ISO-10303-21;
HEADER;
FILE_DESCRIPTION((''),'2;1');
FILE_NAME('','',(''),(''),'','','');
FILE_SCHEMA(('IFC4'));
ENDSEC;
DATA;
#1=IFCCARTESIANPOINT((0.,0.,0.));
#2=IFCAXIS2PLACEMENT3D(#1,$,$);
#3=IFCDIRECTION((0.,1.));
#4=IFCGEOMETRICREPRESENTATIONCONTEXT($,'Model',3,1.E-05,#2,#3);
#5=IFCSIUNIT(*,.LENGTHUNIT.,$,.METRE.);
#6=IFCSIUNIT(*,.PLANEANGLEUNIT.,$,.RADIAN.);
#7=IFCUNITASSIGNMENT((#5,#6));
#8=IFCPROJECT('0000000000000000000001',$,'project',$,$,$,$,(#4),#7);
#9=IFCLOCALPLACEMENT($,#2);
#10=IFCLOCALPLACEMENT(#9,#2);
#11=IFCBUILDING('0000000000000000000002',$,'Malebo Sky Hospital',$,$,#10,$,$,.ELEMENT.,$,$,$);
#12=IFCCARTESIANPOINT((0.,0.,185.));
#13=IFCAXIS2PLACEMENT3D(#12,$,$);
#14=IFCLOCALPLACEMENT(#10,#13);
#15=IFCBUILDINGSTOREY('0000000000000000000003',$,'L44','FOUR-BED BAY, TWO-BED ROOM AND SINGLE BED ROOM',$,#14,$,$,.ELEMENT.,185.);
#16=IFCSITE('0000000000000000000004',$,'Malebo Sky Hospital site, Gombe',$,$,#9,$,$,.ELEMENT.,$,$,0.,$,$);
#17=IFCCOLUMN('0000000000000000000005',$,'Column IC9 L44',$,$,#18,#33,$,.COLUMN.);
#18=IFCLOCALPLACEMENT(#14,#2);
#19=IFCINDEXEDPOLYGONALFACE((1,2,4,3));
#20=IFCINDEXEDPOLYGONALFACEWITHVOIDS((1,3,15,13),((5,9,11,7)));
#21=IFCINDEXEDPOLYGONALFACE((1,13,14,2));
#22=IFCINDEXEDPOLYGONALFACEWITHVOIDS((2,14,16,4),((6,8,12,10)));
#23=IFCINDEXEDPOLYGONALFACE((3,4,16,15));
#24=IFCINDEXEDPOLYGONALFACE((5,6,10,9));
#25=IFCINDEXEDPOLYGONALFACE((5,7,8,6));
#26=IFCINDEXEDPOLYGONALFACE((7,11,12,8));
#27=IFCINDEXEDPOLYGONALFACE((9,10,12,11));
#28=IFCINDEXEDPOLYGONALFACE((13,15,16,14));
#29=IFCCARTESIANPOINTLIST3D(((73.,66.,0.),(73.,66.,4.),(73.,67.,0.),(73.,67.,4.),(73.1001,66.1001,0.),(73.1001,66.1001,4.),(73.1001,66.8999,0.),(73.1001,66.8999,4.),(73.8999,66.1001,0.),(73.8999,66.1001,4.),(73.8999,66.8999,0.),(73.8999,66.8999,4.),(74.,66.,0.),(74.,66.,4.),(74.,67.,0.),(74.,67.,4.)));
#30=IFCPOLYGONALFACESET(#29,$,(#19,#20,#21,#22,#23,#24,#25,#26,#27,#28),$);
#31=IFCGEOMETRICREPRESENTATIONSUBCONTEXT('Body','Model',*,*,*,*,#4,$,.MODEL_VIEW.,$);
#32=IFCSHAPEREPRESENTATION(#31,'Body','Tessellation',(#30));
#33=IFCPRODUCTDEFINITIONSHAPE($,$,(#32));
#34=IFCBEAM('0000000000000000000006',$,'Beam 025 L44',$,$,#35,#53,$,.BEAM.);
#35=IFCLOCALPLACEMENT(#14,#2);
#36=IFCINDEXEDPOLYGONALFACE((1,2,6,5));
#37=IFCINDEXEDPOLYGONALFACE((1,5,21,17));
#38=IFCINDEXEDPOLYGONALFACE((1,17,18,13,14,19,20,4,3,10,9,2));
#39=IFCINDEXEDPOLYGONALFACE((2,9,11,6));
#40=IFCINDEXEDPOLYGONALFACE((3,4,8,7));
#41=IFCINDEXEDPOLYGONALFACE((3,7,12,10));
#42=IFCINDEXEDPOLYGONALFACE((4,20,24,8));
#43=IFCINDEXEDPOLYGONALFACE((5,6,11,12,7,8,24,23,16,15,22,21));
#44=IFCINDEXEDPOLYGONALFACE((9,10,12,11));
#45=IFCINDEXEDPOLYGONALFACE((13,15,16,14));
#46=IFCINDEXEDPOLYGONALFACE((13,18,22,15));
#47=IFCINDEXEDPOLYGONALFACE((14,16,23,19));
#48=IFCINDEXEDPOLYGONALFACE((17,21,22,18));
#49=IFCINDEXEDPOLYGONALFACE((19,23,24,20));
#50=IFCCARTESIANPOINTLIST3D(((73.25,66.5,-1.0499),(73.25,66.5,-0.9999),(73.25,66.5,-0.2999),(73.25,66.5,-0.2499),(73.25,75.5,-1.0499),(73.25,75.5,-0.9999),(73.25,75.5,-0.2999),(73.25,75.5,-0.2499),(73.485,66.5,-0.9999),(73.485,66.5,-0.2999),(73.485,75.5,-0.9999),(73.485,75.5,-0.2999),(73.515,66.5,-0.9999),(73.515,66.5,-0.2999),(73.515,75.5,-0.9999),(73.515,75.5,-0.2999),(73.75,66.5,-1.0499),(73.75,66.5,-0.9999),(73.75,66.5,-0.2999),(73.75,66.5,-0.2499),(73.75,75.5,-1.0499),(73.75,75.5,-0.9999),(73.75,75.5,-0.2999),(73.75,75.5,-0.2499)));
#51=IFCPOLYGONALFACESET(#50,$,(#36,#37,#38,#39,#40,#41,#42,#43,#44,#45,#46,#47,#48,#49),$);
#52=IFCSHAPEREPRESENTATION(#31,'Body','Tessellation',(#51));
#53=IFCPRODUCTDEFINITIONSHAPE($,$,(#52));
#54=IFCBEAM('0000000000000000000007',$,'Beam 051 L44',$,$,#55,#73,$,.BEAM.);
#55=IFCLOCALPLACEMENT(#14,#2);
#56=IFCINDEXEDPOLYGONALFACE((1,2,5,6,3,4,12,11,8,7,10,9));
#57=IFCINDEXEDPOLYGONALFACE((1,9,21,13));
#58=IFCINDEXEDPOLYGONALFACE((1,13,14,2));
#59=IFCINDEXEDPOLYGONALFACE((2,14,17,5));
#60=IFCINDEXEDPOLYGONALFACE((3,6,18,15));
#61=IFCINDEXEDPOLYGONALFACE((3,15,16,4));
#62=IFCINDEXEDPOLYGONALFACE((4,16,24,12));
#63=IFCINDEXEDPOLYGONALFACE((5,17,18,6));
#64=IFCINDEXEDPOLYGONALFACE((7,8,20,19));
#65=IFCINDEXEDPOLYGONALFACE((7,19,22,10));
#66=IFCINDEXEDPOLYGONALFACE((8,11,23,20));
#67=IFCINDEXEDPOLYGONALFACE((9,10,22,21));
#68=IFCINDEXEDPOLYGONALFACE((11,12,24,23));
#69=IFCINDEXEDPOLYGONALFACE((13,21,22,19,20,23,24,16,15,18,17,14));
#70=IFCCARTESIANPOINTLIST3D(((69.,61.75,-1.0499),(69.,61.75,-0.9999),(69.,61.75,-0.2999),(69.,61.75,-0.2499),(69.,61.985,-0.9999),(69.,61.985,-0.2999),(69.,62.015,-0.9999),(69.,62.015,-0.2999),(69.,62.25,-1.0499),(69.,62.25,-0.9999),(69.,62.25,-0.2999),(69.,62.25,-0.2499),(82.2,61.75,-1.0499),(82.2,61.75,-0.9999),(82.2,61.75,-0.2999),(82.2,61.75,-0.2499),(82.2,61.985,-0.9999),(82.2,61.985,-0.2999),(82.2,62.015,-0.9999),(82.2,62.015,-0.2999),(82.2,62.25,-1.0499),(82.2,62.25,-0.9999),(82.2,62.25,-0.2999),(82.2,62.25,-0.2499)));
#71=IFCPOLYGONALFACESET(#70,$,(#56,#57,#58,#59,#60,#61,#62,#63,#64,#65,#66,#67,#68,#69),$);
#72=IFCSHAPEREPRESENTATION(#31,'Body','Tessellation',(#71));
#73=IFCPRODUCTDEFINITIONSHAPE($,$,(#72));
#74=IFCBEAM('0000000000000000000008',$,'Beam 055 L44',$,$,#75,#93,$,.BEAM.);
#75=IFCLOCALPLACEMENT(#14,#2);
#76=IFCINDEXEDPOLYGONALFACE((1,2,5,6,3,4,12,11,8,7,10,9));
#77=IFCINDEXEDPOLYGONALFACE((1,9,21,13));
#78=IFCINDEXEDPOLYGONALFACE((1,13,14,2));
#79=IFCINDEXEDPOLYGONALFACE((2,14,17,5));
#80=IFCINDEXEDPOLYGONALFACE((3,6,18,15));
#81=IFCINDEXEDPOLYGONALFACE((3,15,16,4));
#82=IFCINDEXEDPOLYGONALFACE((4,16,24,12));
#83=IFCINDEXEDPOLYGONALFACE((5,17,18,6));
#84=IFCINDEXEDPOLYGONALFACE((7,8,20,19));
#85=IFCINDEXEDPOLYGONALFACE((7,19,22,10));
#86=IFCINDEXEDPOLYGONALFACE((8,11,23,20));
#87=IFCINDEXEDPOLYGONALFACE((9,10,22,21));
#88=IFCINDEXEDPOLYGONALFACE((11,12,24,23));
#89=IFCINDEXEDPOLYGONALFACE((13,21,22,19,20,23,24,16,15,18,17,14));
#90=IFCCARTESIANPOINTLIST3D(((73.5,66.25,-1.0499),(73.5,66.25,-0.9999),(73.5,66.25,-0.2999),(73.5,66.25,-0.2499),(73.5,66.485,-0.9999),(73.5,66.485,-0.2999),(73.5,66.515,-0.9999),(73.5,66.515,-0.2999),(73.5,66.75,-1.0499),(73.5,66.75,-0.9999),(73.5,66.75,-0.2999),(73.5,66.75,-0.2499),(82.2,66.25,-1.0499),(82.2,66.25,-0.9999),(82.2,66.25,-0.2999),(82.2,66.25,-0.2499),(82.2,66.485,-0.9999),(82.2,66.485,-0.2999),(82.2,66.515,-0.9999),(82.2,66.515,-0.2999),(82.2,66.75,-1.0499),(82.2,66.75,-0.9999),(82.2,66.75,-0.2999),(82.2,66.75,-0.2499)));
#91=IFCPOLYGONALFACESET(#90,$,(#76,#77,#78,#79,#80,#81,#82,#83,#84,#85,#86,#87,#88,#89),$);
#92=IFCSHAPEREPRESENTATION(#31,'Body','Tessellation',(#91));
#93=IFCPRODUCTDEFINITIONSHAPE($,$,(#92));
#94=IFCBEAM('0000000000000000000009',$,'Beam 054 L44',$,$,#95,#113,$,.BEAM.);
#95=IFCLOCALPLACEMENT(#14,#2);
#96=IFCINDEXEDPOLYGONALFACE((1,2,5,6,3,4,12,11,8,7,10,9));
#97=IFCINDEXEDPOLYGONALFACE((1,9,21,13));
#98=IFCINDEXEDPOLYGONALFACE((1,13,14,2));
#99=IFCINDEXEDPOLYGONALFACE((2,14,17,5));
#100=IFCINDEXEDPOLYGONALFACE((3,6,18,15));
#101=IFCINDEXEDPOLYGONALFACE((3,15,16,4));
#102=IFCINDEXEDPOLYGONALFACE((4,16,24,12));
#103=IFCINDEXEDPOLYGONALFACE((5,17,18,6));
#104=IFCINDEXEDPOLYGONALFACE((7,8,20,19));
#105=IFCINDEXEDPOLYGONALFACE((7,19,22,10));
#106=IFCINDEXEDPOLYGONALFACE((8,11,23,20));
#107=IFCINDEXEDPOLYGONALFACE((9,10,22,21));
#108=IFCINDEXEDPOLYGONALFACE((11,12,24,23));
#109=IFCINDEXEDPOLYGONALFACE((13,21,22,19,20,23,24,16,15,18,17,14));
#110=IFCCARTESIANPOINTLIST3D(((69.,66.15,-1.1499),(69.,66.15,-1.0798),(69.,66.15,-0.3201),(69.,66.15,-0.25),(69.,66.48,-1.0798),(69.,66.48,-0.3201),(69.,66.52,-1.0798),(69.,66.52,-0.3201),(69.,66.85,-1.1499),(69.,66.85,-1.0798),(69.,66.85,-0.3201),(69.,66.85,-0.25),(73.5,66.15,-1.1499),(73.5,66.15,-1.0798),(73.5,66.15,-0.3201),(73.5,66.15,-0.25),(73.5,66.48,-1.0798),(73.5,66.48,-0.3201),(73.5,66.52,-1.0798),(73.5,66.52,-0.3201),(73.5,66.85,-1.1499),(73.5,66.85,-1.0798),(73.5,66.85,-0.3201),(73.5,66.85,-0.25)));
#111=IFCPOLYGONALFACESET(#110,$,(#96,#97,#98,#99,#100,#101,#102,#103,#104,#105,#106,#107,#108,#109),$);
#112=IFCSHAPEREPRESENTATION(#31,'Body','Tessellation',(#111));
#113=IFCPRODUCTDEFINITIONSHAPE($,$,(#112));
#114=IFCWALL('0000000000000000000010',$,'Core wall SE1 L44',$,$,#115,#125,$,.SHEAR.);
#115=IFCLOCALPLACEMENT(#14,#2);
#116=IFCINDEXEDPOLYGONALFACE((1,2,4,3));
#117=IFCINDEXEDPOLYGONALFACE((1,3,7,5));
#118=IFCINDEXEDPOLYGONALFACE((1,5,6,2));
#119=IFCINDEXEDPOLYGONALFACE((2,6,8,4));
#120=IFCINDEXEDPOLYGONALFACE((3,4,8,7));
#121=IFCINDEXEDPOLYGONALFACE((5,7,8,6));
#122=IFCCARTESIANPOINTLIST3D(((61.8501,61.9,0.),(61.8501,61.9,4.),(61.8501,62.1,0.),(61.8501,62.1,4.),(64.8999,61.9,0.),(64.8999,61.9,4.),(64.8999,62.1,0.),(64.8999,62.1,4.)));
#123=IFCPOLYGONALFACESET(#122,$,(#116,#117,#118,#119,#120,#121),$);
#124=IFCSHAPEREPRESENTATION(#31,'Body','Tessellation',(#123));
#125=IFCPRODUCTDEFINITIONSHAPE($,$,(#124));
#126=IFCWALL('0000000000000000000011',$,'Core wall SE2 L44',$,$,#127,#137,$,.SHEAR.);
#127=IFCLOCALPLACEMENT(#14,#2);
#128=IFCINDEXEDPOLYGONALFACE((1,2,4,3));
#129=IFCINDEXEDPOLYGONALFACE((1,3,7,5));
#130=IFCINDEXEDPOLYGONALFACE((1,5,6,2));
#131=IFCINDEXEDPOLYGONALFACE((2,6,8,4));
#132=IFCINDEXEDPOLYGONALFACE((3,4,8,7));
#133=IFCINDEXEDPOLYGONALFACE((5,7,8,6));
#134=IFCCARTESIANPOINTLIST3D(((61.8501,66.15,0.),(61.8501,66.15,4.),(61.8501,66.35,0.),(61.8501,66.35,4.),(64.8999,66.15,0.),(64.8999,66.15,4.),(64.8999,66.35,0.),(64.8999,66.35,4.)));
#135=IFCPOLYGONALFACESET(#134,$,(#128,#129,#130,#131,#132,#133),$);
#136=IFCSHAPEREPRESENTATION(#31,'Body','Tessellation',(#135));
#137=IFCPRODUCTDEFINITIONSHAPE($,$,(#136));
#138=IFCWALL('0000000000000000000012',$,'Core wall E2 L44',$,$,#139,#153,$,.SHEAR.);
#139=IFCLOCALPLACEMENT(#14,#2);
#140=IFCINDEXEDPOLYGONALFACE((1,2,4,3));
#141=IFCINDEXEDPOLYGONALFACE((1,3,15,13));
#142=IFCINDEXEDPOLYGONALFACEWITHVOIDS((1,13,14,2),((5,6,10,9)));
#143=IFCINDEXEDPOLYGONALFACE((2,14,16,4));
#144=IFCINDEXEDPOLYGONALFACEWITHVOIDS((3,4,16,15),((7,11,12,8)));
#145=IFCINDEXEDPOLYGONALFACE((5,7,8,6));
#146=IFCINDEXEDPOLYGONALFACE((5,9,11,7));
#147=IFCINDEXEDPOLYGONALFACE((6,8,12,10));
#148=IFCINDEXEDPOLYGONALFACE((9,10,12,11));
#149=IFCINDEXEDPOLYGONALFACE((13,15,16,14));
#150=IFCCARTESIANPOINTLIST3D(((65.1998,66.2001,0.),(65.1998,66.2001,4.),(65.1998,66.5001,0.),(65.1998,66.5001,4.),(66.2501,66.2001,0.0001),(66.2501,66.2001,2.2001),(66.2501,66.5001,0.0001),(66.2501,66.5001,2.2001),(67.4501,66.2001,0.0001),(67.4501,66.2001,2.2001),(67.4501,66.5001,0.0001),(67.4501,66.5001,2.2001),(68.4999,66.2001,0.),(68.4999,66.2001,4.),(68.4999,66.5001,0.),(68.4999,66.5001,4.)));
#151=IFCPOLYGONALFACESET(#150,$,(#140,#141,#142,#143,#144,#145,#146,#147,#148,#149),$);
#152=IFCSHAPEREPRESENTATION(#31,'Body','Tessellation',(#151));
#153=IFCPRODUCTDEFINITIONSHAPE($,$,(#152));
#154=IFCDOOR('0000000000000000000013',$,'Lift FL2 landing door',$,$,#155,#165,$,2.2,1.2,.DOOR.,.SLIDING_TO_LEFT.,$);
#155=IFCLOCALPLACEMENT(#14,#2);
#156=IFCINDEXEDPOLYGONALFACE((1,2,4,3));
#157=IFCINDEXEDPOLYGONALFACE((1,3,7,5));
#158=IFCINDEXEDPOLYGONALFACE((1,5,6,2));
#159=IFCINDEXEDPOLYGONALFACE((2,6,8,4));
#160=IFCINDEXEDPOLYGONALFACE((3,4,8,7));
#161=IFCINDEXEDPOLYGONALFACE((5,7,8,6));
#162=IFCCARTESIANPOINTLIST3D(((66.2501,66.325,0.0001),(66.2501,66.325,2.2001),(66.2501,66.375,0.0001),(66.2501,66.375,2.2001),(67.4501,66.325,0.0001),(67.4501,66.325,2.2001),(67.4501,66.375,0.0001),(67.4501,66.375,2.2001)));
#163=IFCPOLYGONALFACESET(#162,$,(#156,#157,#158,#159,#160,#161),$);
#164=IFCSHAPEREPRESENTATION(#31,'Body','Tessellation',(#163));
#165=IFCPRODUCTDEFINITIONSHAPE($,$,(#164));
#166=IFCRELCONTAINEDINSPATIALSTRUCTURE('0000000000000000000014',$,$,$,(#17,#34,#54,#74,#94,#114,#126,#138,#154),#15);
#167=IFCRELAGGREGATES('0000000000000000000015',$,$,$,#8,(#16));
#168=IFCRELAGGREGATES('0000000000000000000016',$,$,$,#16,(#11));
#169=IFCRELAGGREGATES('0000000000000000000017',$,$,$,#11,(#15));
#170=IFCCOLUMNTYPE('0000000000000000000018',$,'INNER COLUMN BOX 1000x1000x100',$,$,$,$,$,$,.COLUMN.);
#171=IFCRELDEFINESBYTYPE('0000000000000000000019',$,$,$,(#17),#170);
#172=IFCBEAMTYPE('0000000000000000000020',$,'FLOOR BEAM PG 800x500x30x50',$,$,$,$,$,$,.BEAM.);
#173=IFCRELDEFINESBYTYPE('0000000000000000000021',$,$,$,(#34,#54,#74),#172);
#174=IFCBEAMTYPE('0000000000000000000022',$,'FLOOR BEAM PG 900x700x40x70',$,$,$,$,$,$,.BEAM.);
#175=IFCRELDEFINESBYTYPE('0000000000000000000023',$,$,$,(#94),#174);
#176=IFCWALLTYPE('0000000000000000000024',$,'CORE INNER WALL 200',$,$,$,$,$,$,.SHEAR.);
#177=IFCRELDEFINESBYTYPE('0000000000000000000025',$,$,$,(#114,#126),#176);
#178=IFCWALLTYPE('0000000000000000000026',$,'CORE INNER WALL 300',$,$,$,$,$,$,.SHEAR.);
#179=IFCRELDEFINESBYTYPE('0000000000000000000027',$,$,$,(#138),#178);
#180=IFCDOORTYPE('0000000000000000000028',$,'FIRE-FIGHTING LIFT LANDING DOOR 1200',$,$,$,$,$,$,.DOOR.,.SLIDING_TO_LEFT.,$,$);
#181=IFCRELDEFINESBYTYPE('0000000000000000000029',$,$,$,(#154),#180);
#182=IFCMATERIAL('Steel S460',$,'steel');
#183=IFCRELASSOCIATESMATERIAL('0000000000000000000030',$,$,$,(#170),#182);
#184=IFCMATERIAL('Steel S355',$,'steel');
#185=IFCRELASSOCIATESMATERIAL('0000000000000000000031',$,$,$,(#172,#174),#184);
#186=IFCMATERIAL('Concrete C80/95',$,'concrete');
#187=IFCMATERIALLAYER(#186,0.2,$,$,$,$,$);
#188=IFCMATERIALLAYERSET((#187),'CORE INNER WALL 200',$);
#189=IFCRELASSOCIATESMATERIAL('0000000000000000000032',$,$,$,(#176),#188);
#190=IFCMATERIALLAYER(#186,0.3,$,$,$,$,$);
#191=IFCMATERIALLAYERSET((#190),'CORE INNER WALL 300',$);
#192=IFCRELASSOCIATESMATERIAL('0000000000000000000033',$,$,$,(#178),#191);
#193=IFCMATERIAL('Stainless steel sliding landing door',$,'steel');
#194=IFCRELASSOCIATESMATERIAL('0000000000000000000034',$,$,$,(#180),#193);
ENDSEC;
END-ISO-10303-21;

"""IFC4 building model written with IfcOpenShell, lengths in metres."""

from ifc_helpers import new_model, si_unit, direction, frame, frame_2d, origin, origin_2d, place, context, subcontext, project, spatial, rectangle, hollow_rectangle, i_section, extrude, material, layer, layer_set, material_profile, profile_set, type_object, element, fill, save


model = new_model("IFC4")

# Units and contexts
model_context = context("Model", 3, precision=1e-05, world=origin(), true_north=direction((0.0, 1.0)))
body_context = subcontext(model_context, "Body", "Model", "MODEL_VIEW")
ifc_project = project(units=[si_unit("LENGTHUNIT", "METRE"), si_unit("PLANEANGLEUNIT", "RADIAN")], contexts=[model_context])

# Site, building, storey
site_placement = place(None, origin())
site = spatial("IfcSite", under=ifc_project, at=site_placement, Name="Malebo Sky Hospital site, Gombe", CompositionType="ELEMENT", RefElevation=0.0)
building_placement = place(site_placement, origin())
building = spatial("IfcBuilding", under=site, at=building_placement, Name="Malebo Sky Hospital", CompositionType="ELEMENT")
storey_placement = place(building_placement, frame((0.0, 0.0, 185.0)))
storey = spatial("IfcBuildingStorey", under=building, at=storey_placement, Name="L44", Description="FOUR-BED BAY, TWO-BED ROOM AND SINGLE BED ROOM", CompositionType="ELEMENT", Elevation=185.0)

# Column
ifc_material_1 = material(Name="Steel S460", Category="steel")
ifc_material_profile_1 = material_profile(ifc_material_1, hollow_rectangle(XDim=1.0, YDim=1.0, WallThickness=0.1001, at=origin_2d()), Name="BOX 1000x1000x100")
ifc_profile_set_1 = profile_set([ifc_material_profile_1], Name="Steel S460")
column_type = type_object("IfcColumnType", Name="INNER COLUMN BOX 1000x1000x100", PredefinedType="COLUMN", material=ifc_profile_set_1)
column_placement = place(storey_placement, frame((73.5, 66.5, 0.0), z_axis=(0.0, 0.0, 1.0), x_axis=(1.0, 0.0, 0.0)))
element("IfcColumn", 1, at=column_placement, inside=storey, type_object=column_type, Name="Column IC9 L44", PredefinedType="COLUMN", context=body_context, shape_type="SweptSolid", body=[
    extrude(hollow_rectangle(XDim=1.0, YDim=1.0, WallThickness=0.1001, at=origin_2d()), origin(), (0.0, 0.0, 1.0), 4.0),
])

# Beams
ifc_material_2 = material(Name="Steel S355", Category="steel")
ifc_material_profile_2 = material_profile(ifc_material_2, i_section(OverallWidth=0.5, OverallDepth=0.8, WebThickness=0.03, FlangeThickness=0.05, at=origin_2d()), Name="PG 800x500x30x50")
ifc_profile_set_2 = profile_set([ifc_material_profile_2], Name="Steel S355")
beam_type_1 = type_object("IfcBeamType", Name="FLOOR BEAM PG 800x500x30x50", PredefinedType="BEAM", material=ifc_profile_set_2)
beam_1_placement = place(storey_placement, frame((73.5, 66.5, -0.6499), z_axis=(0.0, 1.0, 0.0), x_axis=(-1.0, 0.0, 0.0)))
element("IfcBeam", 2, at=beam_1_placement, inside=storey, type_object=beam_type_1, Name="Beam 025 L44", PredefinedType="BEAM", context=body_context, shape_type="SweptSolid", body=[
    extrude(i_section(OverallWidth=0.5, OverallDepth=0.8, WebThickness=0.03, FlangeThickness=0.05, at=origin_2d()), origin(), (0.0, 0.0, 1.0), 9.0),
])
beam_2_placement = place(storey_placement, frame((69.0, 62.0, -0.6499), z_axis=(1.0, 0.0, 0.0), x_axis=(0.0, 1.0, 0.0)))
element("IfcBeam", 3, at=beam_2_placement, inside=storey, type_object=beam_type_1, Name="Beam 051 L44", PredefinedType="BEAM", context=body_context, shape_type="SweptSolid", body=[
    extrude(i_section(OverallWidth=0.5, OverallDepth=0.8, WebThickness=0.03, FlangeThickness=0.05, at=origin_2d()), origin(), (0.0, 0.0, 1.0), 13.2),
])
beam_3_placement = place(storey_placement, frame((73.5, 66.5, -0.6499), z_axis=(1.0, 0.0, 0.0), x_axis=(0.0, 1.0, 0.0)))
element("IfcBeam", 4, at=beam_3_placement, inside=storey, type_object=beam_type_1, Name="Beam 055 L44", PredefinedType="BEAM", context=body_context, shape_type="SweptSolid", body=[
    extrude(i_section(OverallWidth=0.5, OverallDepth=0.8, WebThickness=0.03, FlangeThickness=0.05, at=origin_2d()), origin(), (0.0, 0.0, 1.0), 8.7),
])
ifc_material_profile_3 = material_profile(ifc_material_2, i_section(OverallWidth=0.7, OverallDepth=0.8999, WebThickness=0.04, FlangeThickness=0.0701, at=origin_2d()), Name="PG 900x700x40x70")
ifc_profile_set_3 = profile_set([ifc_material_profile_3], Name="Steel S355")
beam_type_2 = type_object("IfcBeamType", Name="FLOOR BEAM PG 900x700x40x70", PredefinedType="BEAM", material=ifc_profile_set_3)
beam_4_placement = place(storey_placement, frame((69.0, 66.5, -0.7), z_axis=(1.0, 0.0, 0.0), x_axis=(0.0, 1.0, 0.0)))
element("IfcBeam", 5, at=beam_4_placement, inside=storey, type_object=beam_type_2, Name="Beam 054 L44", PredefinedType="BEAM", context=body_context, shape_type="SweptSolid", body=[
    extrude(i_section(OverallWidth=0.7, OverallDepth=0.8999, WebThickness=0.04, FlangeThickness=0.0701, at=origin_2d()), origin(), (0.0, 0.0, 1.0), 4.5),
])

# Walls
ifc_material_3 = material(Name="Concrete C80/95", Category="concrete")
ifc_layer_1 = layer(ifc_material_3, 0.2)
ifc_layer_set_1 = layer_set([ifc_layer_1], Name="CORE INNER WALL 200")
wall_type_1 = type_object("IfcWallType", Name="CORE INNER WALL 200", PredefinedType="SHEAR", material=ifc_layer_set_1)
for number, where, z_axis, x_axis, name in (
    (6, (61.8501, 62.0, 0.0), (0.0, 0.0, 1.0), (1.0, 0.0, 0.0), "Core wall SE1 L44"),
    (7, (61.8501, 66.25, 0.0), (0.0, 0.0, 1.0), (1.0, 0.0, 0.0), "Core wall SE2 L44"),
):
    element("IfcWall", number, at=place(storey_placement, frame(where, z_axis=z_axis, x_axis=x_axis)), inside=storey, type_object=wall_type_1, Name=name, PredefinedType="SHEAR", context=body_context, shape_type="SweptSolid", body=[
        extrude(rectangle(XDim=3.0498, YDim=0.2, at=frame_2d((1.5249, 0.0))), origin(), (0.0, 0.0, 1.0), 4.0),
    ])

# Wall, opening, door
ifc_layer_2 = layer(ifc_material_3, 0.3)
ifc_layer_set_2 = layer_set([ifc_layer_2], Name="CORE INNER WALL 300")
wall_type_2 = type_object("IfcWallType", Name="CORE INNER WALL 300", PredefinedType="SHEAR", material=ifc_layer_set_2)
wall_1_placement = place(storey_placement, frame((65.2, 66.3501, 0.0), z_axis=(0.0, 0.0, 1.0), x_axis=(1.0, 0.0, 0.0)))
wall_1 = element("IfcWall", 8, at=wall_1_placement, inside=storey, type_object=wall_type_2, Name="Core wall E2 L44", PredefinedType="SHEAR", context=body_context, shape_type="SweptSolid", body=[
    extrude(rectangle(XDim=3.3, YDim=0.3, at=frame_2d((1.6499, 0.0))), origin(), (0.0, 0.0, 1.0), 4.0),
])
opening_1_placement = place(wall_1_placement, frame((1.05, 0.0, 0.0)))
opening_1 = element("IfcOpeningElement", 9, at=opening_1_placement, cuts=wall_1, PredefinedType="OPENING", context=body_context, shape_type="SweptSolid", body=[
    extrude(rectangle(XDim=1.2, YDim=2.2, at=frame_2d((0.6001, 1.1001))), frame((0.0, 0.1599, 0.0), z_axis=(0.0, -1.0, 0.0), x_axis=(1.0, 0.0, 0.0)), (0.0, 0.0, 1.0), 0.3201),
])
ifc_material_4 = material(Name="Stainless steel sliding landing door", Category="steel")
door_type_1 = type_object("IfcDoorType", Name="FIRE-FIGHTING LIFT LANDING DOOR 1200", OperationType="SLIDING_TO_LEFT", PredefinedType="DOOR", material=ifc_material_4)
door_1_placement = place(opening_1_placement, origin())
door_1 = element("IfcDoor", 10, at=door_1_placement, inside=storey, type_object=door_type_1, Name="Lift FL2 landing door", OperationType="SLIDING_TO_LEFT", OverallHeight=2.2, OverallWidth=1.2, PredefinedType="DOOR", context=body_context, shape_type="SweptSolid", body=[
    extrude(rectangle(XDim=1.2, YDim=2.2, at=frame_2d((0.6001, 1.1001))), frame((0.0, 0.0249, 0.0), z_axis=(0.0, -1.0, 0.0), x_axis=(1.0, 0.0, 0.0)), (0.0, 0.0, 1.0), 0.05),
])
fill(opening_1, door_1)

save(model, "model.ifc")
